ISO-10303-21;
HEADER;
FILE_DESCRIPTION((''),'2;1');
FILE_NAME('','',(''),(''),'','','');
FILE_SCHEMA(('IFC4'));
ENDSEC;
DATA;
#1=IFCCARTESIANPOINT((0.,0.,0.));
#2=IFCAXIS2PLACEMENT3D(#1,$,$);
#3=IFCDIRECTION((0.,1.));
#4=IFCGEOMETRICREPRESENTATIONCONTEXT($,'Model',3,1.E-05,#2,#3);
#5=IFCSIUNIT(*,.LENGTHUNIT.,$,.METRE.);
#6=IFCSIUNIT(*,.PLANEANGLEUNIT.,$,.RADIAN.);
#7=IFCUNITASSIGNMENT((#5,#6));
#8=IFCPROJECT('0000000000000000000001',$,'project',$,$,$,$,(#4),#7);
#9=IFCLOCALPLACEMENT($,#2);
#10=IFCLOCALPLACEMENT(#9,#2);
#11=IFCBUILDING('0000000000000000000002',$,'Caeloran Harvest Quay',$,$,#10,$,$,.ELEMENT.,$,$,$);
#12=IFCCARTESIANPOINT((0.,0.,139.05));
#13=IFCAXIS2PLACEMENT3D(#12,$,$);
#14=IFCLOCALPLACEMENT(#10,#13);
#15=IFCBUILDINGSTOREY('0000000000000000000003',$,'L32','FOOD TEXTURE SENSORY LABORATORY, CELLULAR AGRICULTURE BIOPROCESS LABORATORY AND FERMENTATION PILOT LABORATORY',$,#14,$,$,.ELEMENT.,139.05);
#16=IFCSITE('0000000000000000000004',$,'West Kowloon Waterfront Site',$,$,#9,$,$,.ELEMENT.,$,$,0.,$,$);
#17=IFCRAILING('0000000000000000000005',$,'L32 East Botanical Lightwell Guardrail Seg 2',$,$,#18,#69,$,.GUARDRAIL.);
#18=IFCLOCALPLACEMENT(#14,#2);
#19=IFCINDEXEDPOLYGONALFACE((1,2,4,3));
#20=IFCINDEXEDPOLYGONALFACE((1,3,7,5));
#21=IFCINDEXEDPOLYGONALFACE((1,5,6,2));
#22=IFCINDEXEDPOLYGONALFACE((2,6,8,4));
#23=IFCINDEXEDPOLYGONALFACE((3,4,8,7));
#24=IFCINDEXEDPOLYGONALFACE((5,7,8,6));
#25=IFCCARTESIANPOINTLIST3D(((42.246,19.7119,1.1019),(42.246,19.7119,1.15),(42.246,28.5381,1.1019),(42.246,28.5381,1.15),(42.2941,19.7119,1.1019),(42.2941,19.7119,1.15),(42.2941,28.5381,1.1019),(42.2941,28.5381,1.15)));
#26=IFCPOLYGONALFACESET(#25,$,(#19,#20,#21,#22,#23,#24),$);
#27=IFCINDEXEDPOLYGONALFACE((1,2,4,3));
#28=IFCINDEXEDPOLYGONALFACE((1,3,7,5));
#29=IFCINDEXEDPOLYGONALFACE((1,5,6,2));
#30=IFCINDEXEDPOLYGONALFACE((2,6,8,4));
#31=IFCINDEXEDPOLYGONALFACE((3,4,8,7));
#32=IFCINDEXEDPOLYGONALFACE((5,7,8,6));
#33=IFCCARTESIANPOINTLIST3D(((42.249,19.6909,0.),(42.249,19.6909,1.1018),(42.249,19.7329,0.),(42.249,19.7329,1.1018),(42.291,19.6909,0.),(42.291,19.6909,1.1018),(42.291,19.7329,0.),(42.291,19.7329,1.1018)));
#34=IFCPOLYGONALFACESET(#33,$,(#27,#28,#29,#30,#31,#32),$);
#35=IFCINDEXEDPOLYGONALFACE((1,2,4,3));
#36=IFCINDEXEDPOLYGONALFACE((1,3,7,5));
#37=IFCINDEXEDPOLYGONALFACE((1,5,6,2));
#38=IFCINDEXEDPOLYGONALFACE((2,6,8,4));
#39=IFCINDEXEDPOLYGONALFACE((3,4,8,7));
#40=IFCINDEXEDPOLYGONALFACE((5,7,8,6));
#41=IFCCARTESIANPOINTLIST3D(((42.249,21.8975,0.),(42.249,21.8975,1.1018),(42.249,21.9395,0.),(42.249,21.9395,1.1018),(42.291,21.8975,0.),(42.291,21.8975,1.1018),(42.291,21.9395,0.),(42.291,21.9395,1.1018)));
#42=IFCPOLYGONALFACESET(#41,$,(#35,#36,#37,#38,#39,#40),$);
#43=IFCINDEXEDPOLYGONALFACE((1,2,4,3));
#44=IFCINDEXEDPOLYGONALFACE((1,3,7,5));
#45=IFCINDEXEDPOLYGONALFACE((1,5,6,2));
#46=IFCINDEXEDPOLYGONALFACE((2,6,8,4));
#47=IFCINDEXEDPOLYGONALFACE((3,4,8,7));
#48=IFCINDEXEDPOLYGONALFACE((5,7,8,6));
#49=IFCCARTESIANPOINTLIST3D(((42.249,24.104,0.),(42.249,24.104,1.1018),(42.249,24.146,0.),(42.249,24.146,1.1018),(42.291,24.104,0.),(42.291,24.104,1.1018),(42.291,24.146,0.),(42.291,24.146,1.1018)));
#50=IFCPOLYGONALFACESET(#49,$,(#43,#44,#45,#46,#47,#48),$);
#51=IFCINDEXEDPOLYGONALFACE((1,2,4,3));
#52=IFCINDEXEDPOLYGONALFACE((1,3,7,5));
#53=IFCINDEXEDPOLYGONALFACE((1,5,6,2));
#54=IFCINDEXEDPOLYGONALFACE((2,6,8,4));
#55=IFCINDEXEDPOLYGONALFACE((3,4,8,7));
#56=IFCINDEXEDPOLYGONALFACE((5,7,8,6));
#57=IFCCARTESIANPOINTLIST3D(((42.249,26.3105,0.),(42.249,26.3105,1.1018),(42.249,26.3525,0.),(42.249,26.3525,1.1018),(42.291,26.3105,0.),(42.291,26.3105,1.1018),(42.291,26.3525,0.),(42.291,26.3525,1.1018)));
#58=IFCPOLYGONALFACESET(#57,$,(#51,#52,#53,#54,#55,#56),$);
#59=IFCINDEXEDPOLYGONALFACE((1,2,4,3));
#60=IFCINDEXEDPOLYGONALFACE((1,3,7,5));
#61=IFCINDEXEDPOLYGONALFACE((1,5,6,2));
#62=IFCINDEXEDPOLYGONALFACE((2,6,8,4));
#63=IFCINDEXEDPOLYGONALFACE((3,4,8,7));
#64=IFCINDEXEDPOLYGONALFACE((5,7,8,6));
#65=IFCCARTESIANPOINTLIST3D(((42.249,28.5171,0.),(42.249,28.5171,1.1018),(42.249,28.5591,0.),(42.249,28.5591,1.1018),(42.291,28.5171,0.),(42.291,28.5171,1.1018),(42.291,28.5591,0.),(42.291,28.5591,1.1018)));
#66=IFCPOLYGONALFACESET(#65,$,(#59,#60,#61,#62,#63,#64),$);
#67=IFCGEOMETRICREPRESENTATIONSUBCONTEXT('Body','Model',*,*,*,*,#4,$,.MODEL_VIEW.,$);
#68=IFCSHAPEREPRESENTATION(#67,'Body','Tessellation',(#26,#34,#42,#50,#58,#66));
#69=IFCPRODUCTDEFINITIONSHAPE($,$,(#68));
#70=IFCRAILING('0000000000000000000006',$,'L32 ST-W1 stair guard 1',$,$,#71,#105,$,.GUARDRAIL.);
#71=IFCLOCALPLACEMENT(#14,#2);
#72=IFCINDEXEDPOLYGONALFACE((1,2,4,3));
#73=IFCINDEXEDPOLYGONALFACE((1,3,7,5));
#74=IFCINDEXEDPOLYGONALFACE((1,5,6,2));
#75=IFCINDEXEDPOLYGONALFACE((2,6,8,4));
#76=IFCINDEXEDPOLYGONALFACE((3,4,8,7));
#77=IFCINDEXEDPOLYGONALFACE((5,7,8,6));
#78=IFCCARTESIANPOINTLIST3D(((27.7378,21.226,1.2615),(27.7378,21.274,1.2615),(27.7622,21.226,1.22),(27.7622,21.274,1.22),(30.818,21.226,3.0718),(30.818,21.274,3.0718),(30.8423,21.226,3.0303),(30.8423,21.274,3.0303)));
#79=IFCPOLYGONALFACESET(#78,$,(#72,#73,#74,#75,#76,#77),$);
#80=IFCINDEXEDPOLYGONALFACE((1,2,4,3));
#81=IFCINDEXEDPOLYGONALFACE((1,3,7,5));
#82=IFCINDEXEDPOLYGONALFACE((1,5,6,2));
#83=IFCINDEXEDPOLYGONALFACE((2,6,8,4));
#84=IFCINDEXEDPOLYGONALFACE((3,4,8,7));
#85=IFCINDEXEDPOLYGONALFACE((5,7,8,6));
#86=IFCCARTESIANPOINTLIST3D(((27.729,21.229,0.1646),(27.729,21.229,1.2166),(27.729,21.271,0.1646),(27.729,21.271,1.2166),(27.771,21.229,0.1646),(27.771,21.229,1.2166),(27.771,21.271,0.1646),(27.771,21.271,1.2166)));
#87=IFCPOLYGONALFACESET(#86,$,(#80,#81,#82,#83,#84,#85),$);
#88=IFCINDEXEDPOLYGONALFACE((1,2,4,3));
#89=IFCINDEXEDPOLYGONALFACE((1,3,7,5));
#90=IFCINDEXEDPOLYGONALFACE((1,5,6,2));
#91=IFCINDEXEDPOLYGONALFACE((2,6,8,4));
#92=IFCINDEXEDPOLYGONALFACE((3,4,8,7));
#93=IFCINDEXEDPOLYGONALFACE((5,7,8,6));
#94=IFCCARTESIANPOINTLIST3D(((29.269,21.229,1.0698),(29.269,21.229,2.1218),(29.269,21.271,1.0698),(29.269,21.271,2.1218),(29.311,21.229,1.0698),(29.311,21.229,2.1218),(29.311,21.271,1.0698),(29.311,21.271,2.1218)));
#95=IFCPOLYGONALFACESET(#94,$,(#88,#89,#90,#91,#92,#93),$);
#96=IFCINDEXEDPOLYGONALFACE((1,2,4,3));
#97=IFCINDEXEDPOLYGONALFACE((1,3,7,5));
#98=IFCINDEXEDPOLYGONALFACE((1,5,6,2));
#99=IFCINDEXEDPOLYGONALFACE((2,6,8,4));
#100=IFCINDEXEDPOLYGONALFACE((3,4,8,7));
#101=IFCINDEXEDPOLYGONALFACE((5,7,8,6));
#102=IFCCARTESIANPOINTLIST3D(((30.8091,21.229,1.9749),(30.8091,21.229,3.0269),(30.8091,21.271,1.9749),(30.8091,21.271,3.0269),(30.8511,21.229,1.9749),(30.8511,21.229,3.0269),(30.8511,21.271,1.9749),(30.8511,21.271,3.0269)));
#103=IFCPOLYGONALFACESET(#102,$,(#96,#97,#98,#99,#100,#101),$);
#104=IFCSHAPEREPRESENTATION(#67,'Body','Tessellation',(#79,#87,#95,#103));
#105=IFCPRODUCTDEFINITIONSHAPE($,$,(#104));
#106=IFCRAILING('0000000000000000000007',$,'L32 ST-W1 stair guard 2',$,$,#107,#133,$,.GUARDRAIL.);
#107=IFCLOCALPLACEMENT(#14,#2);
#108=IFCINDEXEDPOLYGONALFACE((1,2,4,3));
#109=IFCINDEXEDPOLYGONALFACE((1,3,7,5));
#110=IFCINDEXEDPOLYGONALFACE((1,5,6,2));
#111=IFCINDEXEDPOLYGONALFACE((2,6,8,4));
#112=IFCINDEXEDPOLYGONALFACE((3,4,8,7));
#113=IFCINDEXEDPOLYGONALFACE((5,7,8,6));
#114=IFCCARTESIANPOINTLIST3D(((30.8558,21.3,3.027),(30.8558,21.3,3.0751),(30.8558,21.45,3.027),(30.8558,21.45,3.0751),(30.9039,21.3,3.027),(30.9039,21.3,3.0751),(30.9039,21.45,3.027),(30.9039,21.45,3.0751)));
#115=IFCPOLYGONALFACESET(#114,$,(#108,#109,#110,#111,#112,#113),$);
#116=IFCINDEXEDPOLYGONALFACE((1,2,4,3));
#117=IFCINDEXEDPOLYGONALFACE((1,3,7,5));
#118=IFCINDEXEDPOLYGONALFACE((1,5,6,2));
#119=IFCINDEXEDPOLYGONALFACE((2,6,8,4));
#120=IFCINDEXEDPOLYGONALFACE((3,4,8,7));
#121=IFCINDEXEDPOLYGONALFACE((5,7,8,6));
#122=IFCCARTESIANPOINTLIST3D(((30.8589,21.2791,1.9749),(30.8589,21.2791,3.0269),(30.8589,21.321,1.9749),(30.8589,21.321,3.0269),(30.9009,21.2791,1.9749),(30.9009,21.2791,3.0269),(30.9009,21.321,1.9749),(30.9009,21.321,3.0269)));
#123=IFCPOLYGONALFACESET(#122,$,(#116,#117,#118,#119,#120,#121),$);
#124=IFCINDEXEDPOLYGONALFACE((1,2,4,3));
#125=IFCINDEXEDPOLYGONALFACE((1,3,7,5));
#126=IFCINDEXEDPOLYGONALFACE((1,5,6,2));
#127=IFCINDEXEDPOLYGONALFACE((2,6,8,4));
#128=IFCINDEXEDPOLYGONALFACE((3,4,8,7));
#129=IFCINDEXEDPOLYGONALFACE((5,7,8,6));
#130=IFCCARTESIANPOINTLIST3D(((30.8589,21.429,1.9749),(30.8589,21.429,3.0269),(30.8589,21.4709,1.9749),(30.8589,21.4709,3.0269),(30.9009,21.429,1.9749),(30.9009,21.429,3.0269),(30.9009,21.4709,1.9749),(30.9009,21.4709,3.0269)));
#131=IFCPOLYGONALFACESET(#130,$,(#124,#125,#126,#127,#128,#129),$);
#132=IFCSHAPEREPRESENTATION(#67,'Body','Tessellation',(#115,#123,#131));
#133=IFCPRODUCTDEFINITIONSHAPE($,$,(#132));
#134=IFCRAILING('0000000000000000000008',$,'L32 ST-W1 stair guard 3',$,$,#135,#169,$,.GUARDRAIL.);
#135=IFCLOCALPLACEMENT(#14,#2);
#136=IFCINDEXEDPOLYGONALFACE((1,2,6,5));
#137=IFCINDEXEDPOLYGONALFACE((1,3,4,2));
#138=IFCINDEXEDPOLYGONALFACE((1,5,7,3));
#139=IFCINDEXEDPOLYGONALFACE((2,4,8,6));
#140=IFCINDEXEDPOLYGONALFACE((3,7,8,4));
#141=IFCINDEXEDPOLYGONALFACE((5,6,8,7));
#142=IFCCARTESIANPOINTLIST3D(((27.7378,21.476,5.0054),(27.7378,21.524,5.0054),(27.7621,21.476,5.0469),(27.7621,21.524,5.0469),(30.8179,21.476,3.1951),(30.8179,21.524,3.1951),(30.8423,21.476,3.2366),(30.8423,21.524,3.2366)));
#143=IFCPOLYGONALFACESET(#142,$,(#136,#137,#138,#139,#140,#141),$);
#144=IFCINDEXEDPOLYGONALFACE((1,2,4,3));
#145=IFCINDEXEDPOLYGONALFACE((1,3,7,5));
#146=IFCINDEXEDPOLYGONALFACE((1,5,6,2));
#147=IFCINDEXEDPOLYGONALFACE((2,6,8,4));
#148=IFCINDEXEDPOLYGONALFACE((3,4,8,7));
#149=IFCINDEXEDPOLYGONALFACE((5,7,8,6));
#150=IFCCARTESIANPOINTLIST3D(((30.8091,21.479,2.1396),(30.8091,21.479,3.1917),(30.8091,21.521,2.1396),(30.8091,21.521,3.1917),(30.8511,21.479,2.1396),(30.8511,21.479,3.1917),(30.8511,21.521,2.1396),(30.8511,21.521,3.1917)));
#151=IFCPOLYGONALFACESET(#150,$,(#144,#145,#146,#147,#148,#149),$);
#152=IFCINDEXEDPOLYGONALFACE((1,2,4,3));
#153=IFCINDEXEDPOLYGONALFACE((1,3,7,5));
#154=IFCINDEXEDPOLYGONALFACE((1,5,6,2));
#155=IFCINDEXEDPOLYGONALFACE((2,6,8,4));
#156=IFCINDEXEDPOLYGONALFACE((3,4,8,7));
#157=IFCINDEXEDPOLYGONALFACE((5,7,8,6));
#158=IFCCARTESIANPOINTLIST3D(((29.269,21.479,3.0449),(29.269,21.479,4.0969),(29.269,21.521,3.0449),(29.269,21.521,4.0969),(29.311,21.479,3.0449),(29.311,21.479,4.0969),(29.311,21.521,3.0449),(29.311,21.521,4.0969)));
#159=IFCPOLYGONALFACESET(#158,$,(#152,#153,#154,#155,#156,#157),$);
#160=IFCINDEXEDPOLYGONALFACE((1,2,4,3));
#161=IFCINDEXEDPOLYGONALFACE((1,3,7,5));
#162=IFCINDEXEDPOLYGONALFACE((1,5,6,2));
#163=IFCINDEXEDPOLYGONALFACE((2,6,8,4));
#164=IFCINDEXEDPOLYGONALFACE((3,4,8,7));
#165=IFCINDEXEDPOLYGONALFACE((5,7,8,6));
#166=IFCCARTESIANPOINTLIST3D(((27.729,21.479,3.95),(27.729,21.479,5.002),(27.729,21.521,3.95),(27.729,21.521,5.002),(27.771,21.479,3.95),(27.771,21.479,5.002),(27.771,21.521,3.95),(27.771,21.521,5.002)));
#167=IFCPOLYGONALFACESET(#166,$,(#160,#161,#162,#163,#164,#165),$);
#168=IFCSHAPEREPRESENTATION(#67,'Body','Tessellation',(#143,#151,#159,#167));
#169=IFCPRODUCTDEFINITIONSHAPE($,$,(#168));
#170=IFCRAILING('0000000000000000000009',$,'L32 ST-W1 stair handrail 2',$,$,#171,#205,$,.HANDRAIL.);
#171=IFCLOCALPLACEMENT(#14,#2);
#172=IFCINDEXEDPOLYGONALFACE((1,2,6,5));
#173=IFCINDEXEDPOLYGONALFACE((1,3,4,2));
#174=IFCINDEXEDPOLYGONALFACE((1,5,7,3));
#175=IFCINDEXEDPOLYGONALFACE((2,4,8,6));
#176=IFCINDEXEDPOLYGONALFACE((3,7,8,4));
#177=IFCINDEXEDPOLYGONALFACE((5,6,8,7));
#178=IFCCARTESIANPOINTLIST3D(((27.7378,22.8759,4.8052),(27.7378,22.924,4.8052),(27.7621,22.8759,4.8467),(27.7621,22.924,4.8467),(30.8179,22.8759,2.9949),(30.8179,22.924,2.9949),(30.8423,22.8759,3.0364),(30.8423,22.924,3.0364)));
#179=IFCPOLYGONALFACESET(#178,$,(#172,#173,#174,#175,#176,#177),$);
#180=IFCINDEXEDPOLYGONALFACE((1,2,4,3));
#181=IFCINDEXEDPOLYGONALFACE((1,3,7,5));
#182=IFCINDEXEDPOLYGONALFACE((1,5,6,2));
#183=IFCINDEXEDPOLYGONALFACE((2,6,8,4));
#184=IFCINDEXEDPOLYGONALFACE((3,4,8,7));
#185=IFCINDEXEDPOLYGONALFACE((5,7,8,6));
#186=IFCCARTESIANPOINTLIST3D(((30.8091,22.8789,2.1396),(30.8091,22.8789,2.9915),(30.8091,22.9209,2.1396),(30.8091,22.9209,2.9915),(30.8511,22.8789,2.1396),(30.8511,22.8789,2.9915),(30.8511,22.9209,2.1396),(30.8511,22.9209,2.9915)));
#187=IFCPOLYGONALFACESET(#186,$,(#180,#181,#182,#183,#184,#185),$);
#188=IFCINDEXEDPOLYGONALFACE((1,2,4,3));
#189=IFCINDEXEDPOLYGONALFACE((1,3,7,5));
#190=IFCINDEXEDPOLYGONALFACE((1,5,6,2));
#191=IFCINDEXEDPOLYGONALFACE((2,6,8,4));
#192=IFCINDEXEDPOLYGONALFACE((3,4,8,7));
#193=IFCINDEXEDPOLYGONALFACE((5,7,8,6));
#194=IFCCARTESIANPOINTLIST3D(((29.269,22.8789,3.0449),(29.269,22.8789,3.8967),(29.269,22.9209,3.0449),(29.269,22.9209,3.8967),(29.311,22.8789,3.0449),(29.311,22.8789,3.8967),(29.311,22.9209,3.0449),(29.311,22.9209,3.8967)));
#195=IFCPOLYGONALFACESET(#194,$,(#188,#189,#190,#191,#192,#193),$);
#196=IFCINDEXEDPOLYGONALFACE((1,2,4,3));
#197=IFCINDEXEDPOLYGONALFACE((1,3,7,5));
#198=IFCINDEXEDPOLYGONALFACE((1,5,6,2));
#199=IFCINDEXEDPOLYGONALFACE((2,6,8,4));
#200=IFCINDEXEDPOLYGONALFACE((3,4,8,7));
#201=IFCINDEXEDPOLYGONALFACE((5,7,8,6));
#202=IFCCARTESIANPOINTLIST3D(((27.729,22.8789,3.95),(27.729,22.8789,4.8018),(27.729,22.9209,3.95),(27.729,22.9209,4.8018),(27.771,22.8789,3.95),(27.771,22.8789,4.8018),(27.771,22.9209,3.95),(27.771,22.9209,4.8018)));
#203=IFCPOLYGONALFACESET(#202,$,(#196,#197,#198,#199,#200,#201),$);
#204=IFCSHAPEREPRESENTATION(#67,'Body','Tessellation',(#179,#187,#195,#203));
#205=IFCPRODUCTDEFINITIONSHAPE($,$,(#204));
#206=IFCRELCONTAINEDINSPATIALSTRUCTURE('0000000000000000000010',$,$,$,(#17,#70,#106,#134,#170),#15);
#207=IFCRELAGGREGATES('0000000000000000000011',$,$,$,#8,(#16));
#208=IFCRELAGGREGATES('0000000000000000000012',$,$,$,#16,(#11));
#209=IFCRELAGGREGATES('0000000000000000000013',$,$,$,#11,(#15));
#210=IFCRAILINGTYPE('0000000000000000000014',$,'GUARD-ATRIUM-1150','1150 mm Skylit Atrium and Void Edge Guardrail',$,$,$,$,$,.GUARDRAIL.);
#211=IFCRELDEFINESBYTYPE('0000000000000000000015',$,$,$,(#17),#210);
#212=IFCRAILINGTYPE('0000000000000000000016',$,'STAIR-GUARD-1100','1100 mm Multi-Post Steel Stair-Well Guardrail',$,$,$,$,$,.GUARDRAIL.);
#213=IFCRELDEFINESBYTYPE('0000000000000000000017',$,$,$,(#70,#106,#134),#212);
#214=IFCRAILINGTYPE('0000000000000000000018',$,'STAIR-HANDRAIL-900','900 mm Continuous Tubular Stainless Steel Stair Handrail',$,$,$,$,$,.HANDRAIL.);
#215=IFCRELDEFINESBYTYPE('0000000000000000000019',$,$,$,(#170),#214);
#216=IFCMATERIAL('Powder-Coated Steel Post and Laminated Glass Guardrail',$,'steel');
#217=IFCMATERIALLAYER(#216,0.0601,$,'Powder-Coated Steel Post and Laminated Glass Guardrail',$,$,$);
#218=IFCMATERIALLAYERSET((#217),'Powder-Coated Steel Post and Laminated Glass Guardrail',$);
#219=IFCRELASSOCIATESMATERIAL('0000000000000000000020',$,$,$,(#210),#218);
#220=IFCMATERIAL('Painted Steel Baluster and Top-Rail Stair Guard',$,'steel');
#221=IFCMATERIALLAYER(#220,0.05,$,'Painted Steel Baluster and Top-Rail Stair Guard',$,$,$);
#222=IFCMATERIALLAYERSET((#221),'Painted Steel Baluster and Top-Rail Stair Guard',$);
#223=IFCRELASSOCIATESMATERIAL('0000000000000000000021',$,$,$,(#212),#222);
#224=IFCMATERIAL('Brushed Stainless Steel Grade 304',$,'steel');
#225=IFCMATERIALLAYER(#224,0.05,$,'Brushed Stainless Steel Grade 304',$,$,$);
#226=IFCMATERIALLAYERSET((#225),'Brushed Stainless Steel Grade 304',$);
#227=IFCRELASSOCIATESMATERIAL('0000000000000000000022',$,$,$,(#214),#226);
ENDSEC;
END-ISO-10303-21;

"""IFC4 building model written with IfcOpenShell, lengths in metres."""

from ifc_helpers import new_model, si_unit, direction, frame, origin, origin_2d, place, context, subcontext, project, spatial, rectangle, extrude, material, layer, layer_set, type_object, element, save


model = new_model("IFC4")

# Units and contexts
model_context = context("Model", 3, precision=1e-05, world=origin(), true_north=direction((0.0, 1.0)))
body_context = subcontext(model_context, "Body", "Model", "MODEL_VIEW")
ifc_project = project(units=[si_unit("LENGTHUNIT", "METRE"), si_unit("PLANEANGLEUNIT", "RADIAN")], contexts=[model_context])

# Site, building, storey
site_placement = place(None, origin())
site = spatial("IfcSite", under=ifc_project, at=site_placement, Name="West Kowloon Waterfront Site", CompositionType="ELEMENT", RefElevation=0.0)
building_placement = place(site_placement, origin())
building = spatial("IfcBuilding", under=site, at=building_placement, Name="Caeloran Harvest Quay", CompositionType="ELEMENT")
storey_placement = place(building_placement, frame((0.0, 0.0, 139.05)))
storey = spatial("IfcBuildingStorey", under=building, at=storey_placement, Name="L32", Description="FOOD TEXTURE SENSORY LABORATORY, CELLULAR AGRICULTURE BIOPROCESS LABORATORY AND FERMENTATION PILOT LABORATORY", CompositionType="ELEMENT", Elevation=139.05)

# Railings
ifc_material_1 = material(Name="Powder-Coated Steel Post and Laminated Glass Guardrail", Category="steel")
ifc_layer_1 = layer(ifc_material_1, 0.0601, Name="Powder-Coated Steel Post and Laminated Glass Guardrail")
ifc_layer_set_1 = layer_set([ifc_layer_1], Name="Powder-Coated Steel Post and Laminated Glass Guardrail")
railing_type_1 = type_object("IfcRailingType", Name="GUARD-ATRIUM-1150", Description="1150 mm Skylit Atrium and Void Edge Guardrail", PredefinedType="GUARDRAIL", material=ifc_layer_set_1)
railing_1_placement = place(storey_placement, frame((42.27, 19.7119, 0.0)))
element("IfcRailing", 1, at=railing_1_placement, inside=storey, type_object=railing_type_1, Name="L32 East Botanical Lightwell Guardrail Seg 2", PredefinedType="GUARDRAIL", context=body_context, shape_type="SweptSolid", body=[
    extrude(rectangle(XDim=0.0481, YDim=0.0481, at=origin_2d()), frame((0.0, 0.0, 1.126), z_axis=(0.0, 1.0, 0.0), x_axis=(-1.0, 0.0, 0.0)), (0.0, 0.0, 1.0), 8.8262),
    extrude(rectangle(XDim=0.042, YDim=0.042, at=origin_2d()), origin(), (0.0, 0.0, 1.0), 1.1018),
    extrude(rectangle(XDim=0.042, YDim=0.042, at=origin_2d()), frame((0.0, 2.2065, 0.0)), (0.0, 0.0, 1.0), 1.1018),
    extrude(rectangle(XDim=0.042, YDim=0.042, at=origin_2d()), frame((0.0, 4.4131, 0.0)), (0.0, 0.0, 1.0), 1.1018),
    extrude(rectangle(XDim=0.042, YDim=0.042, at=origin_2d()), frame((0.0, 6.6196, 0.0)), (0.0, 0.0, 1.0), 1.1018),
    extrude(rectangle(XDim=0.042, YDim=0.042, at=origin_2d()), frame((0.0, 8.8262, 0.0)), (0.0, 0.0, 1.0), 1.1018),
])
ifc_material_2 = material(Name="Painted Steel Baluster and Top-Rail Stair Guard", Category="steel")
ifc_layer_2 = layer(ifc_material_2, 0.05, Name="Painted Steel Baluster and Top-Rail Stair Guard")
ifc_layer_set_2 = layer_set([ifc_layer_2], Name="Painted Steel Baluster and Top-Rail Stair Guard")
railing_type_2 = type_object("IfcRailingType", Name="STAIR-GUARD-1100", Description="1100 mm Multi-Post Steel Stair-Well Guardrail", PredefinedType="GUARDRAIL", material=ifc_layer_set_2)
railing_2_placement = place(storey_placement, frame((27.75, 21.25, 0.1646)))
element("IfcRailing", 2, at=railing_2_placement, inside=storey, type_object=railing_type_2, Name="L32 ST-W1 stair guard 1", PredefinedType="GUARDRAIL", context=body_context, shape_type="SweptSolid", body=[
    extrude(rectangle(XDim=0.0481, YDim=0.0481, at=origin_2d()), frame((0.0, 0.0, 1.0762), z_axis=(0.862119, 0.0, 0.506707), x_axis=(0.0, 1.0, 0.0)), (0.0, 0.0, 1.0), 3.5728),
    extrude(rectangle(XDim=0.042, YDim=0.042, at=origin_2d()), origin(), (0.0, 0.0, 1.0), 1.052),
    extrude(rectangle(XDim=0.042, YDim=0.042, at=origin_2d()), frame((1.54, 0.0, 0.9053)), (0.0, 0.0, 1.0), 1.052),
    extrude(rectangle(XDim=0.042, YDim=0.042, at=origin_2d()), frame((3.0801, 0.0, 1.8103)), (0.0, 0.0, 1.0), 1.052),
])
railing_3_placement = place(storey_placement, frame((30.8799, 21.3, 1.9749)))
element("IfcRailing", 3, at=railing_3_placement, inside=storey, type_object=railing_type_2, Name="L32 ST-W1 stair guard 2", PredefinedType="GUARDRAIL", context=body_context, shape_type="SweptSolid", body=[
    extrude(rectangle(XDim=0.0481, YDim=0.0481, at=origin_2d()), frame((0.0, 0.0, 1.0762), z_axis=(0.0, 1.0, 0.0), x_axis=(-1.0, 0.0, 0.0)), (0.0, 0.0, 1.0), 0.1499),
    extrude(rectangle(XDim=0.042, YDim=0.042, at=origin_2d()), origin(), (0.0, 0.0, 1.0), 1.052),
    extrude(rectangle(XDim=0.042, YDim=0.042, at=origin_2d()), frame((0.0, 0.1499, 0.0)), (0.0, 0.0, 1.0), 1.052),
])
railing_4_placement = place(storey_placement, frame((30.8301, 21.5, 2.1396)))
element("IfcRailing", 4, at=railing_4_placement, inside=storey, type_object=railing_type_2, Name="L32 ST-W1 stair guard 3", PredefinedType="GUARDRAIL", context=body_context, shape_type="SweptSolid", body=[
    extrude(rectangle(XDim=0.0481, YDim=0.0481, at=origin_2d()), frame((0.0, 0.0, 1.0762), z_axis=(-0.862119, 0.0, 0.506707), x_axis=(0.0, -1.0, 0.0)), (0.0, 0.0, 1.0), 3.5728),
    extrude(rectangle(XDim=0.042, YDim=0.042, at=origin_2d()), origin(), (0.0, 0.0, 1.0), 1.052),
    extrude(rectangle(XDim=0.042, YDim=0.042, at=origin_2d()), frame((-1.54, 0.0, 0.9053)), (0.0, 0.0, 1.0), 1.052),
    extrude(rectangle(XDim=0.042, YDim=0.042, at=origin_2d()), frame((-3.0801, 0.0, 1.8103)), (0.0, 0.0, 1.0), 1.052),
])
ifc_material_3 = material(Name="Brushed Stainless Steel Grade 304", Category="steel")
ifc_layer_3 = layer(ifc_material_3, 0.05, Name="Brushed Stainless Steel Grade 304")
ifc_layer_set_3 = layer_set([ifc_layer_3], Name="Brushed Stainless Steel Grade 304")
railing_type_3 = type_object("IfcRailingType", Name="STAIR-HANDRAIL-900", Description="900 mm Continuous Tubular Stainless Steel Stair Handrail", PredefinedType="HANDRAIL", material=ifc_layer_set_3)
railing_5_placement = place(storey_placement, frame((30.8301, 22.8999, 2.1396)))
element("IfcRailing", 5, at=railing_5_placement, inside=storey, type_object=railing_type_3, Name="L32 ST-W1 stair handrail 2", PredefinedType="HANDRAIL", context=body_context, shape_type="SweptSolid", body=[
    extrude(rectangle(XDim=0.0481, YDim=0.0481, at=origin_2d()), frame((0.0, 0.0, 0.876), z_axis=(-0.862119, 0.0, 0.506707), x_axis=(0.0, -1.0, 0.0)), (0.0, 0.0, 1.0), 3.5728),
    extrude(rectangle(XDim=0.042, YDim=0.042, at=origin_2d()), origin(), (0.0, 0.0, 1.0), 0.8518),
    extrude(rectangle(XDim=0.042, YDim=0.042, at=origin_2d()), frame((-1.54, 0.0, 0.9053)), (0.0, 0.0, 1.0), 0.8518),
    extrude(rectangle(XDim=0.042, YDim=0.042, at=origin_2d()), frame((-3.0801, 0.0, 1.8103)), (0.0, 0.0, 1.0), 0.8518),
])

save(model, "model.ifc")
